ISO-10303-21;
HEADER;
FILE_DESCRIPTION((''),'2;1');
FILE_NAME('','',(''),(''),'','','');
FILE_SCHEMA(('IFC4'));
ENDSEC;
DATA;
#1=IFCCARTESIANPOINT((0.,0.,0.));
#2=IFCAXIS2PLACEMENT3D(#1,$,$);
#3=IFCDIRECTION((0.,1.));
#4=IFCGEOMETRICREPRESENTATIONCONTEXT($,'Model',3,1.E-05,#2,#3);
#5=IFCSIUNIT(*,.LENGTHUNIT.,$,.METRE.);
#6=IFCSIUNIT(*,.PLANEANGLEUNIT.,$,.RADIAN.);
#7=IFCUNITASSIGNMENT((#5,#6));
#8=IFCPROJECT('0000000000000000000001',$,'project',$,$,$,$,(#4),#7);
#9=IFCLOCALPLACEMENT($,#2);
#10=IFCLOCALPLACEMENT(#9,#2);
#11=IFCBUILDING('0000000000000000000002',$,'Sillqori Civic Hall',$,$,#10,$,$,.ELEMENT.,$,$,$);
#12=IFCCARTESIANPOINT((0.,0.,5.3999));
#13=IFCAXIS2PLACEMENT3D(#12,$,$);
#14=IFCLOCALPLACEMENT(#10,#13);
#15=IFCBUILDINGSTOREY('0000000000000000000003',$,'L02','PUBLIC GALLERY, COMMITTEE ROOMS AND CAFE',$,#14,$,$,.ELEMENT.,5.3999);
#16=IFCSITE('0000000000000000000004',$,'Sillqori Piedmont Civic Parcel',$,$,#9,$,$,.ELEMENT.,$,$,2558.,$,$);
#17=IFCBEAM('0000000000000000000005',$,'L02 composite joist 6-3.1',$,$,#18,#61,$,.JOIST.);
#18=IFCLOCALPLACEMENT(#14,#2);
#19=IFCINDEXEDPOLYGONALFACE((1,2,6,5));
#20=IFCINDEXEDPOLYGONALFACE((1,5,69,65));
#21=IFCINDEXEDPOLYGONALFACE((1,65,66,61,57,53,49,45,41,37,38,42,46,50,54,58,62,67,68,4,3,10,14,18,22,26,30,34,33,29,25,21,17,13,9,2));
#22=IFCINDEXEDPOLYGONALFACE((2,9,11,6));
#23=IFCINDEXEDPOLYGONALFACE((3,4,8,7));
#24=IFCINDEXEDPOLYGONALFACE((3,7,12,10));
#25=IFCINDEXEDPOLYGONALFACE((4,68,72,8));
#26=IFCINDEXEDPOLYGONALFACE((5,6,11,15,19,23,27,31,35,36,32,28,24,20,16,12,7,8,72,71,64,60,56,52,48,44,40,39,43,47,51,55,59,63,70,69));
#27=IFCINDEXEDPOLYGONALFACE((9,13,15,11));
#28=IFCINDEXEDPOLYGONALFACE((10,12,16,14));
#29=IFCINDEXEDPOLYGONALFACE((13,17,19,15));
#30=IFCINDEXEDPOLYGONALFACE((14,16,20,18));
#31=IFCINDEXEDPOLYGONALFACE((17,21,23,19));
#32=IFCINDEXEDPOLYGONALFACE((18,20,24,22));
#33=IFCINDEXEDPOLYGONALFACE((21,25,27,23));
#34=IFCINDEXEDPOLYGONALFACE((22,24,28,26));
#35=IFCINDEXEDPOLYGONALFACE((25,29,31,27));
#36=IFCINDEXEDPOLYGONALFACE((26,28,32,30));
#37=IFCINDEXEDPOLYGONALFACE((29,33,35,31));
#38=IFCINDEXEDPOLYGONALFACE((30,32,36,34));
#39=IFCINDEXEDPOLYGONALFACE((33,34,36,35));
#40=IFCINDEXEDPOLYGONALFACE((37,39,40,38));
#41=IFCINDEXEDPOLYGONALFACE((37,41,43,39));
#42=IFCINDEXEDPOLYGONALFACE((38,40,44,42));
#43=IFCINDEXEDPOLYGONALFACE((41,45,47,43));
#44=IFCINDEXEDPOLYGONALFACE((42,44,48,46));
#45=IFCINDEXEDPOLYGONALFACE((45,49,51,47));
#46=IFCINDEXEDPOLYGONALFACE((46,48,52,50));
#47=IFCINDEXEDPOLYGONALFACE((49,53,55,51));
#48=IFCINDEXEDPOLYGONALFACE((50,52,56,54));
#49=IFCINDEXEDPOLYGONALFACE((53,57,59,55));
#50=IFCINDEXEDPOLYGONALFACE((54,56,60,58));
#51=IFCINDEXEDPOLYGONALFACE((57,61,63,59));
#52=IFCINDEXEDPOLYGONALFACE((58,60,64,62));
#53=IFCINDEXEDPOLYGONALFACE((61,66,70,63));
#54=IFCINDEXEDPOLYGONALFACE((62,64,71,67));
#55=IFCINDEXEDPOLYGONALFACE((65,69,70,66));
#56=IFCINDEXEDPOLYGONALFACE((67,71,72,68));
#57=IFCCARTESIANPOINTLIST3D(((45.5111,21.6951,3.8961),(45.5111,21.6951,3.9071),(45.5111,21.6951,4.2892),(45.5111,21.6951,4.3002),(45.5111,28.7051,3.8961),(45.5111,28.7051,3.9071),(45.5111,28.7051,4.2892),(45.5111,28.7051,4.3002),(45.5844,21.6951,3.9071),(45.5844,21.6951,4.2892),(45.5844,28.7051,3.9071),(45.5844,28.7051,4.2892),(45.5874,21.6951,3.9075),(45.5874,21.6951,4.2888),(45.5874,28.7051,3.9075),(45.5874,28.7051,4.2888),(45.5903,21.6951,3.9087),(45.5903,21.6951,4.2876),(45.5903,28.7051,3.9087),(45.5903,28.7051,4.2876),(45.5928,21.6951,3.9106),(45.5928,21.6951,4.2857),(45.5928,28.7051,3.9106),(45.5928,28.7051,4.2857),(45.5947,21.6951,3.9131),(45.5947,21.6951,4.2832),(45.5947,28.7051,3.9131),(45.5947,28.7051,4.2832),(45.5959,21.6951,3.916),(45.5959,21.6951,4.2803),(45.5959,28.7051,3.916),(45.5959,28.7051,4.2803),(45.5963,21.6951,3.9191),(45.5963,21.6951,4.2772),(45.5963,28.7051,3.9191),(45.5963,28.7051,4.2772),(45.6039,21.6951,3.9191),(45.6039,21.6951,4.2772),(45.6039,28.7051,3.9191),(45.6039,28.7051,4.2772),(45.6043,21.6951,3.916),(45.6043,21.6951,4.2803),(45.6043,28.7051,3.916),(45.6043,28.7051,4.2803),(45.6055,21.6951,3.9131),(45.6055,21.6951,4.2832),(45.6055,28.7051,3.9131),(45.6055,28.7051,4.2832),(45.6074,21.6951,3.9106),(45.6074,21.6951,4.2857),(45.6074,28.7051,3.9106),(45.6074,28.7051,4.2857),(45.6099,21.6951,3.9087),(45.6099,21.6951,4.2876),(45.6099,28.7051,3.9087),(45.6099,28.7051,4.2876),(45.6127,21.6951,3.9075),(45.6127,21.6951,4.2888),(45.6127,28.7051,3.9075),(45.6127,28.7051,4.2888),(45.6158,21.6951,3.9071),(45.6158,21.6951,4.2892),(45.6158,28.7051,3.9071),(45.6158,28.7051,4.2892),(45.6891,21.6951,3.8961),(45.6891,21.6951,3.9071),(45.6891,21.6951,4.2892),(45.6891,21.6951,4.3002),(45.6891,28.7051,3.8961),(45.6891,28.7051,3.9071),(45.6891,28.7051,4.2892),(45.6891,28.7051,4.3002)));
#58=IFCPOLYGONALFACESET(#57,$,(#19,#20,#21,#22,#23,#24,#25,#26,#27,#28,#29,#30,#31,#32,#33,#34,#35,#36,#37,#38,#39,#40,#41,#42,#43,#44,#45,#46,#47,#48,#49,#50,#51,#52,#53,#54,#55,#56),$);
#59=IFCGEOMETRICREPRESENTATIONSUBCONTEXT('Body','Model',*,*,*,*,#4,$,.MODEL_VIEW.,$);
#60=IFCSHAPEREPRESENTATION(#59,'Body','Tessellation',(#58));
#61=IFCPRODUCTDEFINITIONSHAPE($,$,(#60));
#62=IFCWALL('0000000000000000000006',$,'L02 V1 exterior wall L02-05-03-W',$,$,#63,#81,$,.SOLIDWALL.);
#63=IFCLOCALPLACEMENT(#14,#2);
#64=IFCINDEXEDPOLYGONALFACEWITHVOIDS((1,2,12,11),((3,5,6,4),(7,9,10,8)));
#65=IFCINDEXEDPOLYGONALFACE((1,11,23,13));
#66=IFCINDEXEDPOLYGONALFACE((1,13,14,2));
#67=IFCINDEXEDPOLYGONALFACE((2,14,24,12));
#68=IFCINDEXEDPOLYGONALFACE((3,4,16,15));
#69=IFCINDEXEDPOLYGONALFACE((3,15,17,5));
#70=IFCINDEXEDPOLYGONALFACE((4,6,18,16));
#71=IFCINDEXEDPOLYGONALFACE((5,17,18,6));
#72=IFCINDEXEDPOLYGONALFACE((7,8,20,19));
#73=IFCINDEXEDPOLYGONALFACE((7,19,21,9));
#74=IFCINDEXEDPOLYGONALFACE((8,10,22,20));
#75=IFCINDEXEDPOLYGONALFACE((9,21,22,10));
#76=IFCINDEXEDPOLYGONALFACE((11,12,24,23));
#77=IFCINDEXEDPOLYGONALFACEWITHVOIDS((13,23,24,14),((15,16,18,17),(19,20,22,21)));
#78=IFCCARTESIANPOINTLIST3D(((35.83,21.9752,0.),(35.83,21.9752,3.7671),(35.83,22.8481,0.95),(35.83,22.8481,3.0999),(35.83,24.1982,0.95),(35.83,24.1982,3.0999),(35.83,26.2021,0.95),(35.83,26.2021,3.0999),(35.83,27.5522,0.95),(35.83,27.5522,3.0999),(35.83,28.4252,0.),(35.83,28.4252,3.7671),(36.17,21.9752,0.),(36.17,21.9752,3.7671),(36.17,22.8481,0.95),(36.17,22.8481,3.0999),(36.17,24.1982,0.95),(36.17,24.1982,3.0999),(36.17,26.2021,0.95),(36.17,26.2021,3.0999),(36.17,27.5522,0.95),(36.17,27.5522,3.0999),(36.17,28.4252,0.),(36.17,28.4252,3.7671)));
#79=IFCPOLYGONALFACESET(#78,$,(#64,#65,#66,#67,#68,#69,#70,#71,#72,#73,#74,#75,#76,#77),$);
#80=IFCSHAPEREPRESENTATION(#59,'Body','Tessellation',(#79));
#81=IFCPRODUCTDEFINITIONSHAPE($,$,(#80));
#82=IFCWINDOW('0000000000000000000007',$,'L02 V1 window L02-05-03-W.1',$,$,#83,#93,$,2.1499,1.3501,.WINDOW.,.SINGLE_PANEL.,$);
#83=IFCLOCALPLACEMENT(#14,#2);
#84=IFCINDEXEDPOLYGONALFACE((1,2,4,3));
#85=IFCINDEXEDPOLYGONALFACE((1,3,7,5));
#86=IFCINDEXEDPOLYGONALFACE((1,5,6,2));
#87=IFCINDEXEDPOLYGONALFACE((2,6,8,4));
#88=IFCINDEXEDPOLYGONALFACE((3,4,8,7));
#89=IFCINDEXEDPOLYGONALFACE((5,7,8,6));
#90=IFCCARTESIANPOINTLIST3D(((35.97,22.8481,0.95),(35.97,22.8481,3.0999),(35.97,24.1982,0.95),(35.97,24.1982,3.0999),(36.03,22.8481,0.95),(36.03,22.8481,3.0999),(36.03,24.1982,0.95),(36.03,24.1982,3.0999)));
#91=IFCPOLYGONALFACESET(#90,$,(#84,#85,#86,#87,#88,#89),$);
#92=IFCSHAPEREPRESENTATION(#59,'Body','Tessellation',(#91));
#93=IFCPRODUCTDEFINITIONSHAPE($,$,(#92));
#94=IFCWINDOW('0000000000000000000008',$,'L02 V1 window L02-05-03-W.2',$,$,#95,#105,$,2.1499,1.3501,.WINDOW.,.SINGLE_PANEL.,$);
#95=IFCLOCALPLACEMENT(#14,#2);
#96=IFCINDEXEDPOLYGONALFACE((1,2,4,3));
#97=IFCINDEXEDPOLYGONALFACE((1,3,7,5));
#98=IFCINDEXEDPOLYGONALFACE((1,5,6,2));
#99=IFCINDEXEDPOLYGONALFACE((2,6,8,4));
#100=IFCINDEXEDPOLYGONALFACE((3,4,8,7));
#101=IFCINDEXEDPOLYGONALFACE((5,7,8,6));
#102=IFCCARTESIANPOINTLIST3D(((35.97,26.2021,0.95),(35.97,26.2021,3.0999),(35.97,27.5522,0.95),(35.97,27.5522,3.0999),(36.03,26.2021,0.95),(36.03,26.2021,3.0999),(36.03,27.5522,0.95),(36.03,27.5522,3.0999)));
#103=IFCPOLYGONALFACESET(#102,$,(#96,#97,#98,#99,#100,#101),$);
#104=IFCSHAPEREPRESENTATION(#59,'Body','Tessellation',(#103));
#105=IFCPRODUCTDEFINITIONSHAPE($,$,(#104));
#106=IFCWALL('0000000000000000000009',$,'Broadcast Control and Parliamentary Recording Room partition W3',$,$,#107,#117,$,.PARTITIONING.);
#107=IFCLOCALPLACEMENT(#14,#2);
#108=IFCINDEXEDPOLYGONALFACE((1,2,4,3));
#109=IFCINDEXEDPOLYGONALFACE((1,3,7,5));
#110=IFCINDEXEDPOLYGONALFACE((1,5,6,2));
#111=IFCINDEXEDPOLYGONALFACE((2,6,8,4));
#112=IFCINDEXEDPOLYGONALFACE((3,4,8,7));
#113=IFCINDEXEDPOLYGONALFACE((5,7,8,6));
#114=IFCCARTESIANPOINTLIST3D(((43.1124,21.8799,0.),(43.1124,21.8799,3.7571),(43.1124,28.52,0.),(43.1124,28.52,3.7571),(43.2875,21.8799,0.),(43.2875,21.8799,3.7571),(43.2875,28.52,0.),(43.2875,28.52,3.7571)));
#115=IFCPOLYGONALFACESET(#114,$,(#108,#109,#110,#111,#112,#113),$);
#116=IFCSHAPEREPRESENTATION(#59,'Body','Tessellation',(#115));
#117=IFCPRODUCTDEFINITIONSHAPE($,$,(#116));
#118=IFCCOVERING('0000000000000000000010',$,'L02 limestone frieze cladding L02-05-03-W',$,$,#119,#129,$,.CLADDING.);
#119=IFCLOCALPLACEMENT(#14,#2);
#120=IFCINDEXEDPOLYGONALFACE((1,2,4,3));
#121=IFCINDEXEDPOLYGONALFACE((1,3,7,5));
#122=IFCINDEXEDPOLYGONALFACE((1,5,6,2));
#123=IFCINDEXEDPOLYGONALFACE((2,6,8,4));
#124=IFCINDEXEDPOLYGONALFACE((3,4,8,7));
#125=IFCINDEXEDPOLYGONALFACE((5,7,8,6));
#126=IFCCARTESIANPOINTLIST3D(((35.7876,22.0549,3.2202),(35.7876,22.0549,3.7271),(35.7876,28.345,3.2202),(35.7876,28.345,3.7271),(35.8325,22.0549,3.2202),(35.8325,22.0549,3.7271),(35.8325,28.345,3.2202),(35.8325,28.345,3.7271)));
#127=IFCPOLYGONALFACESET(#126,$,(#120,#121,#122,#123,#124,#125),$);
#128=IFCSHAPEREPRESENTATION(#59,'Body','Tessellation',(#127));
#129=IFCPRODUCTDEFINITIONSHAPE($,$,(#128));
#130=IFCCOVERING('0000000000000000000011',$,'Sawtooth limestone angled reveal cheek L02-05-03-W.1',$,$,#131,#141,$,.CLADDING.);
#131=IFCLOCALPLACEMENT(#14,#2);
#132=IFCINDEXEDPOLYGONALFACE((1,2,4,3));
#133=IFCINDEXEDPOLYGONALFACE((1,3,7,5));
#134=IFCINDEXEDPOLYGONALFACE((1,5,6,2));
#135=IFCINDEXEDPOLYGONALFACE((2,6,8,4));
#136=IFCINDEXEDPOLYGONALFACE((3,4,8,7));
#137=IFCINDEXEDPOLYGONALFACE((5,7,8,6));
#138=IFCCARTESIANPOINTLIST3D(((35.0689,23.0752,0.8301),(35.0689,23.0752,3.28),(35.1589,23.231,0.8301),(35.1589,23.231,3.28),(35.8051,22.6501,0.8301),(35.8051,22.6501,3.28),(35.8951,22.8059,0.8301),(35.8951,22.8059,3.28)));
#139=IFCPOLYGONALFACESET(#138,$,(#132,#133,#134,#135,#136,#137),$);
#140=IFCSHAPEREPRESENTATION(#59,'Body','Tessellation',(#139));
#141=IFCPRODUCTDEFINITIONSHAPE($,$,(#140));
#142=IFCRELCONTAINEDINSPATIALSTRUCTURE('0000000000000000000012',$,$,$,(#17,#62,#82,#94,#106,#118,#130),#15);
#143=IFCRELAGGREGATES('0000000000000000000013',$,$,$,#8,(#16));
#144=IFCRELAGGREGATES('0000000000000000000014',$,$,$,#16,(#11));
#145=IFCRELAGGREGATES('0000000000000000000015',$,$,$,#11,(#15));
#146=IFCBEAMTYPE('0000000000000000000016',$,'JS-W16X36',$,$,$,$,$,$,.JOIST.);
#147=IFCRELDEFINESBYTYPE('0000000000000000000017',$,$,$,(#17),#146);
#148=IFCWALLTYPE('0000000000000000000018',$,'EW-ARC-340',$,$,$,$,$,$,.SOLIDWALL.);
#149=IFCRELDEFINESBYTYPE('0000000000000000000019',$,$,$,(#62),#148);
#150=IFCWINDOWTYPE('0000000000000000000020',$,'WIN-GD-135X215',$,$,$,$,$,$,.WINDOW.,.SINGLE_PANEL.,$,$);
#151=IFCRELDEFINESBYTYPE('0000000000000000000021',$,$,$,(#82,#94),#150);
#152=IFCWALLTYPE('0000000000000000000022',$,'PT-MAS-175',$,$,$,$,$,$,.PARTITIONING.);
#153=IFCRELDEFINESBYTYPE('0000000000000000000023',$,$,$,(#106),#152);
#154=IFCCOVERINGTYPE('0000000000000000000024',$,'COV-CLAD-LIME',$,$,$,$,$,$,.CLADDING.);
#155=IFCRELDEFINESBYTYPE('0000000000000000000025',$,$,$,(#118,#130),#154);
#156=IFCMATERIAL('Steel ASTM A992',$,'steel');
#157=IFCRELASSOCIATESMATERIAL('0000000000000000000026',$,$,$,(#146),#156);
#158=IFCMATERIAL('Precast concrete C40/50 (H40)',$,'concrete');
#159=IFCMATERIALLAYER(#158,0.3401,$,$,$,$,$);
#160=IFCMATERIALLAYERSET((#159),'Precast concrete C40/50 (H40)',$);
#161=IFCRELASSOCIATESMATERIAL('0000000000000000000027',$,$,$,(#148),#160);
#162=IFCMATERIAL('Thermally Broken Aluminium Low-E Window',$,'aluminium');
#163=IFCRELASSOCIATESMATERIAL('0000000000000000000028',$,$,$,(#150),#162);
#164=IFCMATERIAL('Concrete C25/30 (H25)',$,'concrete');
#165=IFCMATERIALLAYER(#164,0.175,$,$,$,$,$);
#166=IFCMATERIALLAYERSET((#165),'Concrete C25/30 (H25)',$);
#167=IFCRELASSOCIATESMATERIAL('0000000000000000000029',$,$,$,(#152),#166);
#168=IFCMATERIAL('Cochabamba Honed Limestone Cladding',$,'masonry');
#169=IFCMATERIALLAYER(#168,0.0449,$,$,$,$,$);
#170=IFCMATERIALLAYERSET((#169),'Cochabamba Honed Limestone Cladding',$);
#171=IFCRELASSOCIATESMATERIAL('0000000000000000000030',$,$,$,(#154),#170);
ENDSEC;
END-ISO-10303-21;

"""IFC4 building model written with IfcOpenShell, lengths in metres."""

from ifc_helpers import new_model, si_unit, direction, frame, frame_2d, origin, origin_2d, place, context, subcontext, project, spatial, rectangle, i_section, extrude, material, layer, layer_set, material_profile, profile_set, type_object, element, fill, save


model = new_model("IFC4")

# Units and contexts
model_context = context("Model", 3, precision=1e-05, world=origin(), true_north=direction((0.0, 1.0)))
body_context = subcontext(model_context, "Body", "Model", "MODEL_VIEW")
ifc_project = project(units=[si_unit("LENGTHUNIT", "METRE"), si_unit("PLANEANGLEUNIT", "RADIAN")], contexts=[model_context])

# Site, building, storey
site_placement = place(None, origin())
site = spatial("IfcSite", under=ifc_project, at=site_placement, Name="Sillqori Piedmont Civic Parcel", CompositionType="ELEMENT", RefElevation=2558.0)
building_placement = place(site_placement, origin())
building = spatial("IfcBuilding", under=site, at=building_placement, Name="Sillqori Civic Hall", CompositionType="ELEMENT")
storey_placement = place(building_placement, frame((0.0, 0.0, 5.3999)))
storey = spatial("IfcBuildingStorey", under=building, at=storey_placement, Name="L02", Description="PUBLIC GALLERY, COMMITTEE ROOMS AND CAFE", CompositionType="ELEMENT", Elevation=5.3999)

# Shared definitions
ifc_material_1 = material(Name="Steel ASTM A992", Category="steel")

# Beam
ifc_material_profile_1 = material_profile(ifc_material_1, i_section(OverallWidth=0.178, OverallDepth=0.4041, WebThickness=0.0076, FlangeThickness=0.011, FilletRadius=0.012, at=origin_2d()), Name="W16X36")
ifc_profile_set_1 = profile_set([ifc_material_profile_1], Name="Steel ASTM A992")
beam_type_1 = type_object("IfcBeamType", Name="JS-W16X36", PredefinedType="JOIST", material=ifc_profile_set_1)
beam_1_placement = place(storey_placement, frame((45.6001, 21.6951, 4.0981), z_axis=(0.0, 1.0, 0.0), x_axis=(-1.0, 0.0, 0.0)))
element("IfcBeam", 1, at=beam_1_placement, inside=storey, type_object=beam_type_1, Name="L02 composite joist 6-3.1", PredefinedType="JOIST", context=body_context, shape_type="SweptSolid", body=[
    extrude(i_section(OverallWidth=0.178, OverallDepth=0.4041, WebThickness=0.0076, FlangeThickness=0.011, FilletRadius=0.012, at=origin_2d()), origin(), (0.0, 0.0, 1.0), 7.01),
])

# Wall, openings, windows
ifc_material_2 = material(Name="Precast concrete C40/50 (H40)", Category="concrete")
ifc_layer_1 = layer(ifc_material_2, 0.3401)
ifc_layer_set_1 = layer_set([ifc_layer_1], Name="Precast concrete C40/50 (H40)")
wall_type_1 = type_object("IfcWallType", Name="EW-ARC-340", PredefinedType="SOLIDWALL", material=ifc_layer_set_1)
wall_1_placement = place(storey_placement, frame((36.0, 21.9751, 0.0), z_axis=(0.0, 0.0, 1.0), x_axis=(0.0, 1.0, 0.0)))
wall_1 = element("IfcWall", 2, at=wall_1_placement, inside=storey, type_object=wall_type_1, Name="L02 V1 exterior wall L02-05-03-W", PredefinedType="SOLIDWALL", context=body_context, shape_type="SweptSolid", body=[
    extrude(rectangle(XDim=6.45, YDim=0.3401, at=frame_2d((3.2251, 0.0))), origin(), (0.0, 0.0, 1.0), 3.7671),
])
opening_1_placement = place(wall_1_placement, frame((0.873, 0.0, 0.95)))
opening_1 = element("IfcOpeningElement", 3, at=opening_1_placement, cuts=wall_1, PredefinedType="OPENING", context=body_context, shape_type="SweptSolid", body=[
    extrude(rectangle(XDim=1.3501, YDim=2.1499, at=frame_2d((0.675, 1.075))), frame((0.0, 0.1799, 0.0), z_axis=(0.0, -1.0, 0.0), x_axis=(1.0, 0.0, 0.0)), (0.0, 0.0, 1.0), 0.3601),
])
opening_2_placement = place(wall_1_placement, frame((4.2271, 0.0, 0.95)))
opening_2 = element("IfcOpeningElement", 4, at=opening_2_placement, cuts=wall_1, PredefinedType="OPENING", context=body_context, shape_type="SweptSolid", body=[
    extrude(rectangle(XDim=1.3501, YDim=2.1499, at=frame_2d((0.675, 1.075))), frame((0.0, 0.1799, 0.0), z_axis=(0.0, -1.0, 0.0), x_axis=(1.0, 0.0, 0.0)), (0.0, 0.0, 1.0), 0.3601),
])
ifc_material_3 = material(Name="Thermally Broken Aluminium Low-E Window", Category="aluminium")
window_type = type_object("IfcWindowType", Name="WIN-GD-135X215", PartitioningType="SINGLE_PANEL", PredefinedType="WINDOW", material=ifc_material_3)
window_1_placement = place(opening_1_placement, origin())
window_1 = element("IfcWindow", 5, at=window_1_placement, inside=storey, type_object=window_type, Name="L02 V1 window L02-05-03-W.1", OverallHeight=2.1499, OverallWidth=1.3501, PartitioningType="SINGLE_PANEL", PredefinedType="WINDOW", context=body_context, shape_type="SweptSolid", body=[
    extrude(rectangle(XDim=1.3501, YDim=2.1499, at=frame_2d((0.675, 1.075))), frame((0.0, 0.03, 0.0), z_axis=(0.0, -1.0, 0.0), x_axis=(1.0, 0.0, 0.0)), (0.0, 0.0, 1.0), 0.0601),
])
fill(opening_1, window_1)
window_2_placement = place(opening_2_placement, origin())
window_2 = element("IfcWindow", 6, at=window_2_placement, inside=storey, type_object=window_type, Name="L02 V1 window L02-05-03-W.2", OverallHeight=2.1499, OverallWidth=1.3501, PartitioningType="SINGLE_PANEL", PredefinedType="WINDOW", context=body_context, shape_type="SweptSolid", body=[
    extrude(rectangle(XDim=1.3501, YDim=2.1499, at=frame_2d((0.675, 1.075))), frame((0.0, 0.03, 0.0), z_axis=(0.0, -1.0, 0.0), x_axis=(1.0, 0.0, 0.0)), (0.0, 0.0, 1.0), 0.0601),
])
fill(opening_2, window_2)

# Wall
ifc_material_4 = material(Name="Concrete C25/30 (H25)", Category="concrete")
ifc_layer_2 = layer(ifc_material_4, 0.175)
ifc_layer_set_2 = layer_set([ifc_layer_2], Name="Concrete C25/30 (H25)")
wall_type_2 = type_object("IfcWallType", Name="PT-MAS-175", PredefinedType="PARTITIONING", material=ifc_layer_set_2)
wall_2_placement = place(storey_placement, frame((43.2, 21.8799, 0.0), z_axis=(0.0, 0.0, 1.0), x_axis=(0.0, 1.0, 0.0)))
element("IfcWall", 7, at=wall_2_placement, inside=storey, type_object=wall_type_2, Name="Broadcast Control and Parliamentary Recording Room partition W3", PredefinedType="PARTITIONING", context=body_context, shape_type="SweptSolid", body=[
    extrude(rectangle(XDim=6.6401, YDim=0.175, at=frame_2d((3.3201, 0.0))), origin(), (0.0, 0.0, 1.0), 3.7571),
])

# Coverings
ifc_material_5 = material(Name="Cochabamba Honed Limestone Cladding", Category="masonry")
ifc_layer_3 = layer(ifc_material_5, 0.0449)
ifc_layer_set_3 = layer_set([ifc_layer_3], Name="Cochabamba Honed Limestone Cladding")
covering_type = type_object("IfcCoveringType", Name="COV-CLAD-LIME", PredefinedType="CLADDING", material=ifc_layer_set_3)
covering_1_placement = place(storey_placement, frame((35.8101, 22.0549, 3.2202), z_axis=(0.0, 0.0, 1.0), x_axis=(0.0, 1.0, 0.0)))
element("IfcCovering", 8, at=covering_1_placement, inside=storey, type_object=covering_type, Name="L02 limestone frieze cladding L02-05-03-W", PredefinedType="CLADDING", context=body_context, shape_type="SweptSolid", body=[
    extrude(rectangle(XDim=6.29, YDim=0.0449, at=frame_2d((3.145, 0.0))), origin(), (0.0, 0.0, 1.0), 0.5068),
])
covering_2_placement = place(storey_placement, frame((35.8501, 22.728, 0.8301), z_axis=(0.0, 0.0, 1.0), x_axis=(-0.865989, 0.500062, 0.0)))
element("IfcCovering", 9, at=covering_2_placement, inside=storey, type_object=covering_type, Name="Sawtooth limestone angled reveal cheek L02-05-03-W.1", PredefinedType="CLADDING", context=body_context, shape_type="SweptSolid", body=[
    extrude(rectangle(XDim=0.8501, YDim=0.1799, at=frame_2d((0.425, 0.0))), origin(), (0.0, 0.0, 1.0), 2.45),
])

save(model, "model.ifc")
